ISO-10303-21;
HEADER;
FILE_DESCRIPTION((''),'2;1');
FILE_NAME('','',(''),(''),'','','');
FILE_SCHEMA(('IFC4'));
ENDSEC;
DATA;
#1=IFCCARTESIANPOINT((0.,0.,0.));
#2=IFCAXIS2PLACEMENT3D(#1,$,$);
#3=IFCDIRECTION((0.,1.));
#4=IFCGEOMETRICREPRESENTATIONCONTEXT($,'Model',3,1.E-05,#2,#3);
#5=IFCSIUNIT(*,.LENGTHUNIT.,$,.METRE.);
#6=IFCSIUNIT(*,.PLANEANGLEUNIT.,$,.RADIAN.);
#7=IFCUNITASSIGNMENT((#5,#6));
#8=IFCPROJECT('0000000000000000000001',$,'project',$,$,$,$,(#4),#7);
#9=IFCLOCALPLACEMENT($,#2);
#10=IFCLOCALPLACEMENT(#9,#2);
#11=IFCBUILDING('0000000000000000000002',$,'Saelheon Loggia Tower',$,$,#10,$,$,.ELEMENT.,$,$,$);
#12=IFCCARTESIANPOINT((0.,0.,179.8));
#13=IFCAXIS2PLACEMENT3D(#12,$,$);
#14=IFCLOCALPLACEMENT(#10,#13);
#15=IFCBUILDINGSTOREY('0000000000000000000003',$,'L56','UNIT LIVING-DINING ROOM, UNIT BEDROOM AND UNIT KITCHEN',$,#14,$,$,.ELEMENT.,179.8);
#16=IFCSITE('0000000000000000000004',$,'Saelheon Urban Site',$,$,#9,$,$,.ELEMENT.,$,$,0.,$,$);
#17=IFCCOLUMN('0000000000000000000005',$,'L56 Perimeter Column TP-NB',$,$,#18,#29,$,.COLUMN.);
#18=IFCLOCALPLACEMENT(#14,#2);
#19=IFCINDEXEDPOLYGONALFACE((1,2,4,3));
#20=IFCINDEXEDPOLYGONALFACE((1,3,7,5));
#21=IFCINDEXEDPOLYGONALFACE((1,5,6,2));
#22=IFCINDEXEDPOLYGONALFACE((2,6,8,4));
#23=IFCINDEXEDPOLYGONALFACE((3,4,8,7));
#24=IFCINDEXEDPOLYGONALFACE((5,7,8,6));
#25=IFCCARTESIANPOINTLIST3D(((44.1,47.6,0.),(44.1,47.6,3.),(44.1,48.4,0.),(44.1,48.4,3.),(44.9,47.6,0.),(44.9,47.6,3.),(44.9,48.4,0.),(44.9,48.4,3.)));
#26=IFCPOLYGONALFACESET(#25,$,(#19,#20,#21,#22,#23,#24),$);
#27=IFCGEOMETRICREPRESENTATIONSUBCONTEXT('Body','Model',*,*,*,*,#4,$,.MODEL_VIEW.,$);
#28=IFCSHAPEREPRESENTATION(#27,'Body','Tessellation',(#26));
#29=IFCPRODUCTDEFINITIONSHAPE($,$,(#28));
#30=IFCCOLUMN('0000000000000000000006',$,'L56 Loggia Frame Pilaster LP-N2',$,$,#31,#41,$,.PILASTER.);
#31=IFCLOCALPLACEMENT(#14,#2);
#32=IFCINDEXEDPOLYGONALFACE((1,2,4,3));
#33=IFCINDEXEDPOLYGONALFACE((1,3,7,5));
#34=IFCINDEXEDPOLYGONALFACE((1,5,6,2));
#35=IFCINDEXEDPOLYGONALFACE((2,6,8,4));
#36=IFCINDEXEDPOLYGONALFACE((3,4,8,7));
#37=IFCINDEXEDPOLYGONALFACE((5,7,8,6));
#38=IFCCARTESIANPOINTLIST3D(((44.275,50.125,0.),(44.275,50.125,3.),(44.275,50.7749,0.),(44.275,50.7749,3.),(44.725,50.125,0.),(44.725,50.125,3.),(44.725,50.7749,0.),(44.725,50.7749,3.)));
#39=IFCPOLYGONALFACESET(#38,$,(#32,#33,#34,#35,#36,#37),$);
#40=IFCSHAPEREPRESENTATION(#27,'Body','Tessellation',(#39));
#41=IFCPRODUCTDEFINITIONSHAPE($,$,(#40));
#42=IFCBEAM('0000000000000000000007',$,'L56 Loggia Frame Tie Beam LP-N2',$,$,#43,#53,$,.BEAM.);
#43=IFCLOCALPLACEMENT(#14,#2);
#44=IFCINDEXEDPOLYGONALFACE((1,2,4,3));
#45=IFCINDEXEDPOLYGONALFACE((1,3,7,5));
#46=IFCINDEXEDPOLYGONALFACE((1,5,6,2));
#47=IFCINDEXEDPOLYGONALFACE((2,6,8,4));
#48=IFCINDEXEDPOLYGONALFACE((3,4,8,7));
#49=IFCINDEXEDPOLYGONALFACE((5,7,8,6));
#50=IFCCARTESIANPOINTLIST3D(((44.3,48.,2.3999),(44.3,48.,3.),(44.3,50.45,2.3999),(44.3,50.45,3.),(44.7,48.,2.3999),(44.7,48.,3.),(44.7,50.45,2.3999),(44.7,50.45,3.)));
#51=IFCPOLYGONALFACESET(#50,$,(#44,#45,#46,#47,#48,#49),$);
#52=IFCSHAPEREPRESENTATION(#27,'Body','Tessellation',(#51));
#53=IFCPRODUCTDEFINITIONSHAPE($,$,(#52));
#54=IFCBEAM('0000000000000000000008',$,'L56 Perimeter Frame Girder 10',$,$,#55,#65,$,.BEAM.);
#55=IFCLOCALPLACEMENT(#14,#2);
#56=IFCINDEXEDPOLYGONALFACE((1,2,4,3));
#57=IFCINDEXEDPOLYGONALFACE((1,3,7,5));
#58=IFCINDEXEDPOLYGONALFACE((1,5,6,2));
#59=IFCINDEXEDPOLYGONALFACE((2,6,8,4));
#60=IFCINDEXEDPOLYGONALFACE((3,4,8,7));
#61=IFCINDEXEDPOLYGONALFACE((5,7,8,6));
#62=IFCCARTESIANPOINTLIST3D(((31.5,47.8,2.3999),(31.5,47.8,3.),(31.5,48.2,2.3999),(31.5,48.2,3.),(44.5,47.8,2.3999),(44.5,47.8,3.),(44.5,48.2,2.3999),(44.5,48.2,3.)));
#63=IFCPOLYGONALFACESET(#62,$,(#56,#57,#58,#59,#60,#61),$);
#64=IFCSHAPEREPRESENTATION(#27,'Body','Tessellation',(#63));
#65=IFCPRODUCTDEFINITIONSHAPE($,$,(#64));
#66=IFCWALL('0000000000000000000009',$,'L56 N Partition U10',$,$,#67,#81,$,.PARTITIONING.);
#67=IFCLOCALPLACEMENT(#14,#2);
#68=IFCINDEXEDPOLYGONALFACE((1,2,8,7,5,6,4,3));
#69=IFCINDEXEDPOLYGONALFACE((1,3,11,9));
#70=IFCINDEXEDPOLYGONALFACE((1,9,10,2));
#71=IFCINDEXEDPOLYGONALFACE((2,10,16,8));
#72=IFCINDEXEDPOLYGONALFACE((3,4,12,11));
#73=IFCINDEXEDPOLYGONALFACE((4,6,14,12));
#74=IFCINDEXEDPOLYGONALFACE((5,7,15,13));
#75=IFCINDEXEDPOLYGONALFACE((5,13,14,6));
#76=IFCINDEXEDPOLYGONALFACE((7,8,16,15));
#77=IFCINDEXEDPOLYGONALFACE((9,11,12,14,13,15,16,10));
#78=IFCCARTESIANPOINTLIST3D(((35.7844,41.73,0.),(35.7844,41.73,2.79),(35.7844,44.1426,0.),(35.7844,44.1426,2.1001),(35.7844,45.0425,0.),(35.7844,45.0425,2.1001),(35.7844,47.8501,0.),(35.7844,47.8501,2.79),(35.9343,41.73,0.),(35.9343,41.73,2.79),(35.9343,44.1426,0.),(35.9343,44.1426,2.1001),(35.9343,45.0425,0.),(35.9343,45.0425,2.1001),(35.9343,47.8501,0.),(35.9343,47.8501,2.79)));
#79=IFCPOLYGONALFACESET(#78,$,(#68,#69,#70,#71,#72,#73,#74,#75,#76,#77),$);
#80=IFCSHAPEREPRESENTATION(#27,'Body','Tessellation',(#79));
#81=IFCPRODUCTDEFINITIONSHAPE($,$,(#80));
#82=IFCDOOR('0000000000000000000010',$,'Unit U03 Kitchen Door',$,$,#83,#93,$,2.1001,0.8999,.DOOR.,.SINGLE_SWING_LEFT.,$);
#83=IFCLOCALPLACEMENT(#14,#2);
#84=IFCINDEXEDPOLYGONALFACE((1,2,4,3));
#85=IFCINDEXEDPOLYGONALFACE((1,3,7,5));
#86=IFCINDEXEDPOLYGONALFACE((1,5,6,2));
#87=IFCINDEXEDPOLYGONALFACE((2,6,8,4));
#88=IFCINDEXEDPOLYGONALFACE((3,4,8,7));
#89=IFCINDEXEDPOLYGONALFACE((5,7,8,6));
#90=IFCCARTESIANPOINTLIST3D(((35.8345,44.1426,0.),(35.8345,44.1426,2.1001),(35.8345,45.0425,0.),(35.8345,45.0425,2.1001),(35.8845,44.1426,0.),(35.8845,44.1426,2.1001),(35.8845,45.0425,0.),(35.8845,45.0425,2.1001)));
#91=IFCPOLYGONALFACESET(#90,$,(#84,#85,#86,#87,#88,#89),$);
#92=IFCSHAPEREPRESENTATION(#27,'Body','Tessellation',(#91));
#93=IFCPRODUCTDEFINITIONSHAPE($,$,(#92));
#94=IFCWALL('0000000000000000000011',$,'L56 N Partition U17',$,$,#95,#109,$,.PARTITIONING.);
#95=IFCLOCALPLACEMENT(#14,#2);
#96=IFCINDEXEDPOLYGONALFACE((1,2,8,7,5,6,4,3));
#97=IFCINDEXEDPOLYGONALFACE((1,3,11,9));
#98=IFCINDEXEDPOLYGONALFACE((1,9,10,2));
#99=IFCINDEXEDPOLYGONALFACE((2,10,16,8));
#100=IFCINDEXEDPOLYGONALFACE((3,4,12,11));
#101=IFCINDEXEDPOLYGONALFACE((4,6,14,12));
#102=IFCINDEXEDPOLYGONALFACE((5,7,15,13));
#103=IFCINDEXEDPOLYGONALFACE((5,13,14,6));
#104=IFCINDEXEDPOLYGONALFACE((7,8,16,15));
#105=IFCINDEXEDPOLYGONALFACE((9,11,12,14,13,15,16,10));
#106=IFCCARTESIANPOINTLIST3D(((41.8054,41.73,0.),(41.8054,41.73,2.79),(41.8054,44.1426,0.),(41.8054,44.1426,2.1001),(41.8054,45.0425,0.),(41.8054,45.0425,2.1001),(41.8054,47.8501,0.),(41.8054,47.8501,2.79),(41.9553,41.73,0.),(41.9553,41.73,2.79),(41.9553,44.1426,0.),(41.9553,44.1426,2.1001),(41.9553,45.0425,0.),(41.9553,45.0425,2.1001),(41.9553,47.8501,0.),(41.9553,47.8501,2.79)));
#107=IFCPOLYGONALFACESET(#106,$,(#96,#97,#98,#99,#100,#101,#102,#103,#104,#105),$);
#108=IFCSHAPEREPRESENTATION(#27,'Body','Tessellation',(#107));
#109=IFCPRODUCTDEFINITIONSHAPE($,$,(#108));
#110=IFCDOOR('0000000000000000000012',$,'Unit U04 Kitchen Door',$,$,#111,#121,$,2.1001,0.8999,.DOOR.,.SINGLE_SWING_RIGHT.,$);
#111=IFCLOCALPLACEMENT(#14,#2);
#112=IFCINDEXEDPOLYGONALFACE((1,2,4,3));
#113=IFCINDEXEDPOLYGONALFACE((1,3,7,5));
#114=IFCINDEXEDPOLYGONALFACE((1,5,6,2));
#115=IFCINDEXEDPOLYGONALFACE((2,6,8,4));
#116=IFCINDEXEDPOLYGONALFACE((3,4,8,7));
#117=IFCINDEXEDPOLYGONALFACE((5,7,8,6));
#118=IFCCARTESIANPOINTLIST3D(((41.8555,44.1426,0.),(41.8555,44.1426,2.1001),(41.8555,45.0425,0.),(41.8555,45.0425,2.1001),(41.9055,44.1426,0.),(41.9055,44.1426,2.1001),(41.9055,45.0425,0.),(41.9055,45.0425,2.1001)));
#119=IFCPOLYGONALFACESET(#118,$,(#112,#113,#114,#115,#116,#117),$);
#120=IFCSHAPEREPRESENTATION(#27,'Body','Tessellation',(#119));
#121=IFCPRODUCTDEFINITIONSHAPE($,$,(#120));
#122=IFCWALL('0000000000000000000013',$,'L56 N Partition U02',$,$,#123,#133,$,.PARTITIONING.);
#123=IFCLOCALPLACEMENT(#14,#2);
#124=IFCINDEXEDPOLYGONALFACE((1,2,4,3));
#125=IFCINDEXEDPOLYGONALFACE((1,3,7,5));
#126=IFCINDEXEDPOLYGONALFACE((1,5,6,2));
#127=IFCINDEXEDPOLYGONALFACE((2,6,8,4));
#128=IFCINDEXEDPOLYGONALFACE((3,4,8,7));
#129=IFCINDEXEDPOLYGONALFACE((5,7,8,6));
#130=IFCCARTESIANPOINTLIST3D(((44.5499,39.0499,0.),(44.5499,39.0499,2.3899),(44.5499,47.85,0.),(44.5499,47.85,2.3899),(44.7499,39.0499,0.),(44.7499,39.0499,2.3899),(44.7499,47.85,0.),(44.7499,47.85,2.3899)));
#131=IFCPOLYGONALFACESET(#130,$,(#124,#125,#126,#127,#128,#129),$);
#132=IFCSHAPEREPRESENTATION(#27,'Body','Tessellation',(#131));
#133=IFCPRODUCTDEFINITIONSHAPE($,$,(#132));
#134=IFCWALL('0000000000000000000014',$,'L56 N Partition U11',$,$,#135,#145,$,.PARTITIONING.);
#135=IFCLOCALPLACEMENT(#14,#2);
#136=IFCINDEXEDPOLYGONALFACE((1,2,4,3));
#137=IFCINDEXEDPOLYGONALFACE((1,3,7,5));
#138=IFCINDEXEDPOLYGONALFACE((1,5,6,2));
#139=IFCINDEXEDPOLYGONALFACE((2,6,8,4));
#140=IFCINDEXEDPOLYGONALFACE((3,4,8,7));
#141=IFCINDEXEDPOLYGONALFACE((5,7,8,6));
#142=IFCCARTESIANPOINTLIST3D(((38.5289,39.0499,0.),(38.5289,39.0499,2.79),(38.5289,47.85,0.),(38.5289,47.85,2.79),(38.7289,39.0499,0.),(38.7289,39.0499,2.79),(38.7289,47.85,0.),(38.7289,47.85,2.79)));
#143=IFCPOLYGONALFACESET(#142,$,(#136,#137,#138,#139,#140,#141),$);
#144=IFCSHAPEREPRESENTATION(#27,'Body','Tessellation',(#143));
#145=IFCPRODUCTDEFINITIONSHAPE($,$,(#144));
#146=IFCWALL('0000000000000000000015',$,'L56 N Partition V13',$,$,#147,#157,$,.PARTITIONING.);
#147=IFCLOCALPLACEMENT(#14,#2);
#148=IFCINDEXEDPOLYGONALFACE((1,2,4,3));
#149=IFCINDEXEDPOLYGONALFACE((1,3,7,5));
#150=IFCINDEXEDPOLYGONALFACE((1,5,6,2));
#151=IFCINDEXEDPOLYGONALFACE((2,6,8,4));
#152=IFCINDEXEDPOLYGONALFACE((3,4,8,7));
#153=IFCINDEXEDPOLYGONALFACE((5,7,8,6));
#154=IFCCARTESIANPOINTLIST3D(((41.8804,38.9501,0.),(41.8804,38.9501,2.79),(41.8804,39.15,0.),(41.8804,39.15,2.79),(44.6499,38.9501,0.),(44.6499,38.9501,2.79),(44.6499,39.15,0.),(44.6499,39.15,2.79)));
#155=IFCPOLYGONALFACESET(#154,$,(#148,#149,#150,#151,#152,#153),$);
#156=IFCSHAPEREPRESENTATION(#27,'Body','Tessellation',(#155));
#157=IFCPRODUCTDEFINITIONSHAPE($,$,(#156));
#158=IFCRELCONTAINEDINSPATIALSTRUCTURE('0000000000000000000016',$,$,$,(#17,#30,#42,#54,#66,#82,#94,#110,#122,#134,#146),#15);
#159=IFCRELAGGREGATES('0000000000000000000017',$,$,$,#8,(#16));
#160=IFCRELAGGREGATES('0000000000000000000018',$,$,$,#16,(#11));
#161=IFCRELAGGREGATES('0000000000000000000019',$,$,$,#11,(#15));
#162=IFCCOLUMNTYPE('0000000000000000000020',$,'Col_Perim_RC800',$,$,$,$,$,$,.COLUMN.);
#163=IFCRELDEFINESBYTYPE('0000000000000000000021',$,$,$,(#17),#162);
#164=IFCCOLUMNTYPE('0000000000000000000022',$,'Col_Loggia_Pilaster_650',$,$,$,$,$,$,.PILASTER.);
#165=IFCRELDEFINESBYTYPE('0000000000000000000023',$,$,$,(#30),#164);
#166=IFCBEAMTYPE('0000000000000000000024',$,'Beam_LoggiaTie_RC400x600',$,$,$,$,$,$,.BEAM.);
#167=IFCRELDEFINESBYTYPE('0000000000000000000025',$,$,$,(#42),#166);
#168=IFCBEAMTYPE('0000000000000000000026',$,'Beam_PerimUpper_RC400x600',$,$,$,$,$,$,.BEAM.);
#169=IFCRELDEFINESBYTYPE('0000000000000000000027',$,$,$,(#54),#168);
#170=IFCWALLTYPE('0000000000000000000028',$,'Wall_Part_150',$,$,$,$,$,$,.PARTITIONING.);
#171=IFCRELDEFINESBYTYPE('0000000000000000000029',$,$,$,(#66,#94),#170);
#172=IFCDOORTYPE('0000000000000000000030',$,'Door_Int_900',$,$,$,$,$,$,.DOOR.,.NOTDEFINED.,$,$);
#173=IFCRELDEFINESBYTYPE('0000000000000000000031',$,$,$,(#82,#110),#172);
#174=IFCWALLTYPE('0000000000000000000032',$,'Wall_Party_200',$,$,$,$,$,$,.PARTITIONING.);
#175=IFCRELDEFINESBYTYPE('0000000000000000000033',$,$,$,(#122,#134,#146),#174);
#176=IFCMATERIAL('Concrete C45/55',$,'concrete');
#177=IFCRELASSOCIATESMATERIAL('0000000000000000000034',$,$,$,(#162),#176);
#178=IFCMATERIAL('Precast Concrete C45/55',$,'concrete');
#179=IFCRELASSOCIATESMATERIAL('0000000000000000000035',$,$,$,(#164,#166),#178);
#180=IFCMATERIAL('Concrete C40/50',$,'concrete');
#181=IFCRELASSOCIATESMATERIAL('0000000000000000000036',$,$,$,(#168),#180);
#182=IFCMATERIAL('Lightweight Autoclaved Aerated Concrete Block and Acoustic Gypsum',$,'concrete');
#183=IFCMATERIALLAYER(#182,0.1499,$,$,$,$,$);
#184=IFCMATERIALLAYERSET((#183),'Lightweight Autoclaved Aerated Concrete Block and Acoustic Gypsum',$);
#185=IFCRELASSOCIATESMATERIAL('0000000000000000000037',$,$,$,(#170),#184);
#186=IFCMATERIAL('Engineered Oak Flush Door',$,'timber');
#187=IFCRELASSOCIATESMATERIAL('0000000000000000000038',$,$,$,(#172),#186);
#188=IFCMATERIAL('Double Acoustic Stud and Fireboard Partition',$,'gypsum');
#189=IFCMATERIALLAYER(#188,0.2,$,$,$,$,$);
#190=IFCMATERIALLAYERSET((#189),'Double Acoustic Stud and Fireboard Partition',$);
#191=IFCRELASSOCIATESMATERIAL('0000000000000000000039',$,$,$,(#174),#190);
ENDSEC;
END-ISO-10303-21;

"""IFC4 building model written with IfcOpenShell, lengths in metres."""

from ifc_helpers import new_model, si_unit, direction, frame, frame_2d, origin, origin_2d, place, context, subcontext, project, spatial, rectangle, extrude, source, transform, mapped, material, layer, layer_set, material_profile, profile_set, type_object, element, fill, save


model = new_model("IFC4")

# Units and contexts
model_context = context("Model", 3, precision=1e-05, world=origin(), true_north=direction((0.0, 1.0)))
body_context = subcontext(model_context, "Body", "Model", "MODEL_VIEW")
ifc_project = project(units=[si_unit("LENGTHUNIT", "METRE"), si_unit("PLANEANGLEUNIT", "RADIAN")], contexts=[model_context])

# Site, building, storey
site_placement = place(None, origin())
site = spatial("IfcSite", under=ifc_project, at=site_placement, Name="Saelheon Urban Site", CompositionType="ELEMENT", RefElevation=0.0)
building_placement = place(site_placement, origin())
building = spatial("IfcBuilding", under=site, at=building_placement, Name="Saelheon Loggia Tower", CompositionType="ELEMENT")
storey_placement = place(building_placement, frame((0.0, 0.0, 179.8)))
storey = spatial("IfcBuildingStorey", under=building, at=storey_placement, Name="L56", Description="UNIT LIVING-DINING ROOM, UNIT BEDROOM AND UNIT KITCHEN", CompositionType="ELEMENT", Elevation=179.8)

# Columns
ifc_material_1 = material(Name="Concrete C45/55", Category="concrete")
ifc_material_profile_1 = material_profile(ifc_material_1, rectangle(XDim=0.8, YDim=0.8, at=origin_2d()), Name="RC-800x800")
ifc_profile_set_1 = profile_set([ifc_material_profile_1], Name="Concrete C45/55")
column_type_1 = type_object("IfcColumnType", Name="Col_Perim_RC800", PredefinedType="COLUMN", material=ifc_profile_set_1)
shared_shape_1 = source(origin(), body_context, "Body", "SweptSolid", [
    extrude(rectangle(XDim=0.8, YDim=0.8, at=origin_2d()), origin(), (0.0, 0.0, 1.0), 3.0),
])
column_1_placement = place(storey_placement, frame((44.5, 48.0, 0.0), z_axis=(0.0, 0.0, 1.0), x_axis=(1.0, 0.0, 0.0)))
element("IfcColumn", 1, at=column_1_placement, inside=storey, type_object=column_type_1, Name="L56 Perimeter Column TP-NB", PredefinedType="COLUMN", context=body_context, shape_type="MappedRepresentation", body=[
    mapped(shared_shape_1, transform((0.0, 0.0, 0.0), scale=1.0)),
])
ifc_material_2 = material(Name="Precast Concrete C45/55", Category="concrete")
ifc_material_profile_2 = material_profile(ifc_material_2, rectangle(XDim=0.45, YDim=0.6499, at=origin_2d()), Name="RC-450x650")
ifc_profile_set_2 = profile_set([ifc_material_profile_2], Name="Precast Concrete C45/55")
column_type_2 = type_object("IfcColumnType", Name="Col_Loggia_Pilaster_650", PredefinedType="PILASTER", material=ifc_profile_set_2)
shared_shape_2 = source(origin(), body_context, "Body", "SweptSolid", [
    extrude(rectangle(XDim=0.45, YDim=0.6499, at=origin_2d()), origin(), (0.0, 0.0, 1.0), 3.0),
])
column_2_placement = place(storey_placement, frame((44.5, 50.45, 0.0), z_axis=(0.0, 0.0, 1.0), x_axis=(1.0, 0.0, 0.0)))
element("IfcColumn", 2, at=column_2_placement, inside=storey, type_object=column_type_2, Name="L56 Loggia Frame Pilaster LP-N2", PredefinedType="PILASTER", context=body_context, shape_type="MappedRepresentation", body=[
    mapped(shared_shape_2, transform((0.0, 0.0, 0.0), scale=1.0)),
])

# Beams
ifc_material_profile_3 = material_profile(ifc_material_2, rectangle(XDim=0.3999, YDim=0.6001, at=origin_2d()), Name="RC-400x600")
ifc_profile_set_3 = profile_set([ifc_material_profile_3], Name="Precast Concrete C45/55")
beam_type_1 = type_object("IfcBeamType", Name="Beam_LoggiaTie_RC400x600", PredefinedType="BEAM", material=ifc_profile_set_3)
shared_shape_3 = source(origin(), body_context, "Body", "SweptSolid", [
    extrude(rectangle(XDim=0.3999, YDim=0.6001, at=origin_2d()), origin(), (0.0, 0.0, 1.0), 2.45),
])
beam_1_placement = place(storey_placement, frame((44.5, 48.0, 2.7), z_axis=(0.0, 1.0, 0.0), x_axis=(-1.0, 0.0, 0.0)))
element("IfcBeam", 3, at=beam_1_placement, inside=storey, type_object=beam_type_1, Name="L56 Loggia Frame Tie Beam LP-N2", PredefinedType="BEAM", context=body_context, shape_type="MappedRepresentation", body=[
    mapped(shared_shape_3, transform((0.0, 0.0, 0.0), scale=1.0)),
])
ifc_material_3 = material(Name="Concrete C40/50", Category="concrete")
ifc_material_profile_4 = material_profile(ifc_material_3, rectangle(XDim=0.3999, YDim=0.6001, at=origin_2d()), Name="RC-400x600")
ifc_profile_set_4 = profile_set([ifc_material_profile_4], Name="Concrete C40/50")
beam_type_2 = type_object("IfcBeamType", Name="Beam_PerimUpper_RC400x600", PredefinedType="BEAM", material=ifc_profile_set_4)
shared_shape_4 = source(origin(), body_context, "Body", "SweptSolid", [
    extrude(rectangle(XDim=0.3999, YDim=0.6001, at=origin_2d()), origin(), (0.0, 0.0, 1.0), 13.0),
])
beam_2_placement = place(storey_placement, frame((44.5, 48.0, 2.7), z_axis=(-1.0, 0.0, 0.0), x_axis=(0.0, -1.0, 0.0)))
element("IfcBeam", 4, at=beam_2_placement, inside=storey, type_object=beam_type_2, Name="L56 Perimeter Frame Girder 10", PredefinedType="BEAM", context=body_context, shape_type="MappedRepresentation", body=[
    mapped(shared_shape_4, transform((0.0, 0.0, 0.0), scale=1.0)),
])

# Walls, openings, doors
ifc_material_4 = material(Name="Lightweight Autoclaved Aerated Concrete Block and Acoustic Gypsum", Category="concrete")
ifc_layer_1 = layer(ifc_material_4, 0.1499)
ifc_layer_set_1 = layer_set([ifc_layer_1], Name="Lightweight Autoclaved Aerated Concrete Block and Acoustic Gypsum")
wall_type_1 = type_object("IfcWallType", Name="Wall_Part_150", PredefinedType="PARTITIONING", material=ifc_layer_set_1)
wall_1_placement = place(storey_placement, frame((35.8594, 41.73, 0.0), z_axis=(0.0, 0.0, 1.0), x_axis=(0.0, 1.0, 0.0)))
wall_1 = element("IfcWall", 5, at=wall_1_placement, inside=storey, type_object=wall_type_1, Name="L56 N Partition U10", PredefinedType="PARTITIONING", context=body_context, shape_type="SweptSolid", body=[
    extrude(rectangle(XDim=6.1201, YDim=0.1499, at=frame_2d((3.0601, 0.0))), origin(), (0.0, 0.0, 1.0), 2.79),
])
opening_1_placement = place(wall_1_placement, frame((2.4126, 0.0, 0.0)))
opening_1 = element("IfcOpeningElement", 6, at=opening_1_placement, cuts=wall_1, PredefinedType="OPENING", context=body_context, shape_type="SweptSolid", body=[
    extrude(rectangle(XDim=0.8999, YDim=2.1001, at=frame_2d((0.45, 1.05))), frame((0.0, 0.0869, 0.0), z_axis=(0.0, -1.0, 0.0), x_axis=(1.0, 0.0, 0.0)), (0.0, 0.0, 1.0), 0.1738),
])
ifc_material_5 = material(Name="Engineered Oak Flush Door", Category="timber")
door_type_1 = type_object("IfcDoorType", Name="Door_Int_900", OperationType="NOTDEFINED", PredefinedType="DOOR", material=ifc_material_5)
shared_shape_5 = source(origin(), body_context, "Body", "SweptSolid", [
    extrude(rectangle(XDim=0.8999, YDim=2.1001, at=frame_2d((0.45, 1.05))), frame((0.0, 0.0249, 0.0), z_axis=(0.0, -1.0, 0.0), x_axis=(1.0, 0.0, 0.0)), (0.0, 0.0, 1.0), 0.05),
])
door_1_placement = place(opening_1_placement, origin())
door_1 = element("IfcDoor", 7, at=door_1_placement, inside=storey, type_object=door_type_1, Name="Unit U03 Kitchen Door", OperationType="SINGLE_SWING_LEFT", OverallHeight=2.1001, OverallWidth=0.8999, PredefinedType="DOOR", context=body_context, shape_type="MappedRepresentation", body=[
    mapped(shared_shape_5, transform((0.0, 0.0, 0.0), scale=1.0)),
])
fill(opening_1, door_1)
wall_2_placement = place(storey_placement, frame((41.8804, 41.73, 0.0), z_axis=(0.0, 0.0, 1.0), x_axis=(0.0, 1.0, 0.0)))
wall_2 = element("IfcWall", 8, at=wall_2_placement, inside=storey, type_object=wall_type_1, Name="L56 N Partition U17", PredefinedType="PARTITIONING", context=body_context, shape_type="SweptSolid", body=[
    extrude(rectangle(XDim=6.1201, YDim=0.1499, at=frame_2d((3.0601, 0.0))), origin(), (0.0, 0.0, 1.0), 2.79),
])
opening_2_placement = place(wall_2_placement, frame((2.4126, 0.0, 0.0)))
opening_2 = element("IfcOpeningElement", 9, at=opening_2_placement, cuts=wall_2, PredefinedType="OPENING", context=body_context, shape_type="SweptSolid", body=[
    extrude(rectangle(XDim=0.8999, YDim=2.1001, at=frame_2d((0.45, 1.05))), frame((0.0, 0.0869, 0.0), z_axis=(0.0, -1.0, 0.0), x_axis=(1.0, 0.0, 0.0)), (0.0, 0.0, 1.0), 0.1738),
])
door_2_placement = place(opening_2_placement, origin())
door_2 = element("IfcDoor", 10, at=door_2_placement, inside=storey, type_object=door_type_1, Name="Unit U04 Kitchen Door", OperationType="SINGLE_SWING_RIGHT", OverallHeight=2.1001, OverallWidth=0.8999, PredefinedType="DOOR", context=body_context, shape_type="MappedRepresentation", body=[
    mapped(shared_shape_5, transform((0.0, 0.0, 0.0), scale=1.0)),
])
fill(opening_2, door_2)

# Wall
ifc_material_6 = material(Name="Double Acoustic Stud and Fireboard Partition", Category="gypsum")
ifc_layer_2 = layer(ifc_material_6, 0.2)
ifc_layer_set_2 = layer_set([ifc_layer_2], Name="Double Acoustic Stud and Fireboard Partition")
wall_type_2 = type_object("IfcWallType", Name="Wall_Party_200", PredefinedType="PARTITIONING", material=ifc_layer_set_2)
wall_3_placement = place(storey_placement, frame((44.6499, 39.05, 0.0), z_axis=(0.0, 0.0, 1.0), x_axis=(0.0, 1.0, 0.0)))
element("IfcWall", 11, at=wall_3_placement, inside=storey, type_object=wall_type_2, Name="L56 N Partition U02", PredefinedType="PARTITIONING", context=body_context, shape_type="SweptSolid", body=[
    extrude(rectangle(XDim=8.8, YDim=0.2, at=frame_2d((4.3999, 0.0))), origin(), (0.0, 0.0, 1.0), 2.3899),
])

# Wall
wall_4_placement = place(storey_placement, frame((38.6289, 39.05, 0.0), z_axis=(0.0, 0.0, 1.0), x_axis=(0.0, 1.0, 0.0)))
element("IfcWall", 12, at=wall_4_placement, inside=storey, type_object=wall_type_2, Name="L56 N Partition U11", PredefinedType="PARTITIONING", context=body_context, shape_type="SweptSolid", body=[
    extrude(rectangle(XDim=8.8, YDim=0.2, at=frame_2d((4.3999, 0.0))), origin(), (0.0, 0.0, 1.0), 2.79),
])

# Wall
wall_5_placement = place(storey_placement, frame((41.8804, 39.05, 0.0), z_axis=(0.0, 0.0, 1.0), x_axis=(1.0, 0.0, 0.0)))
element("IfcWall", 13, at=wall_5_placement, inside=storey, type_object=wall_type_2, Name="L56 N Partition V13", PredefinedType="PARTITIONING", context=body_context, shape_type="SweptSolid", body=[
    extrude(rectangle(XDim=2.7695, YDim=0.2, at=frame_2d((1.3848, 0.0))), origin(), (0.0, 0.0, 1.0), 2.79),
])

save(model, "model.ifc")
